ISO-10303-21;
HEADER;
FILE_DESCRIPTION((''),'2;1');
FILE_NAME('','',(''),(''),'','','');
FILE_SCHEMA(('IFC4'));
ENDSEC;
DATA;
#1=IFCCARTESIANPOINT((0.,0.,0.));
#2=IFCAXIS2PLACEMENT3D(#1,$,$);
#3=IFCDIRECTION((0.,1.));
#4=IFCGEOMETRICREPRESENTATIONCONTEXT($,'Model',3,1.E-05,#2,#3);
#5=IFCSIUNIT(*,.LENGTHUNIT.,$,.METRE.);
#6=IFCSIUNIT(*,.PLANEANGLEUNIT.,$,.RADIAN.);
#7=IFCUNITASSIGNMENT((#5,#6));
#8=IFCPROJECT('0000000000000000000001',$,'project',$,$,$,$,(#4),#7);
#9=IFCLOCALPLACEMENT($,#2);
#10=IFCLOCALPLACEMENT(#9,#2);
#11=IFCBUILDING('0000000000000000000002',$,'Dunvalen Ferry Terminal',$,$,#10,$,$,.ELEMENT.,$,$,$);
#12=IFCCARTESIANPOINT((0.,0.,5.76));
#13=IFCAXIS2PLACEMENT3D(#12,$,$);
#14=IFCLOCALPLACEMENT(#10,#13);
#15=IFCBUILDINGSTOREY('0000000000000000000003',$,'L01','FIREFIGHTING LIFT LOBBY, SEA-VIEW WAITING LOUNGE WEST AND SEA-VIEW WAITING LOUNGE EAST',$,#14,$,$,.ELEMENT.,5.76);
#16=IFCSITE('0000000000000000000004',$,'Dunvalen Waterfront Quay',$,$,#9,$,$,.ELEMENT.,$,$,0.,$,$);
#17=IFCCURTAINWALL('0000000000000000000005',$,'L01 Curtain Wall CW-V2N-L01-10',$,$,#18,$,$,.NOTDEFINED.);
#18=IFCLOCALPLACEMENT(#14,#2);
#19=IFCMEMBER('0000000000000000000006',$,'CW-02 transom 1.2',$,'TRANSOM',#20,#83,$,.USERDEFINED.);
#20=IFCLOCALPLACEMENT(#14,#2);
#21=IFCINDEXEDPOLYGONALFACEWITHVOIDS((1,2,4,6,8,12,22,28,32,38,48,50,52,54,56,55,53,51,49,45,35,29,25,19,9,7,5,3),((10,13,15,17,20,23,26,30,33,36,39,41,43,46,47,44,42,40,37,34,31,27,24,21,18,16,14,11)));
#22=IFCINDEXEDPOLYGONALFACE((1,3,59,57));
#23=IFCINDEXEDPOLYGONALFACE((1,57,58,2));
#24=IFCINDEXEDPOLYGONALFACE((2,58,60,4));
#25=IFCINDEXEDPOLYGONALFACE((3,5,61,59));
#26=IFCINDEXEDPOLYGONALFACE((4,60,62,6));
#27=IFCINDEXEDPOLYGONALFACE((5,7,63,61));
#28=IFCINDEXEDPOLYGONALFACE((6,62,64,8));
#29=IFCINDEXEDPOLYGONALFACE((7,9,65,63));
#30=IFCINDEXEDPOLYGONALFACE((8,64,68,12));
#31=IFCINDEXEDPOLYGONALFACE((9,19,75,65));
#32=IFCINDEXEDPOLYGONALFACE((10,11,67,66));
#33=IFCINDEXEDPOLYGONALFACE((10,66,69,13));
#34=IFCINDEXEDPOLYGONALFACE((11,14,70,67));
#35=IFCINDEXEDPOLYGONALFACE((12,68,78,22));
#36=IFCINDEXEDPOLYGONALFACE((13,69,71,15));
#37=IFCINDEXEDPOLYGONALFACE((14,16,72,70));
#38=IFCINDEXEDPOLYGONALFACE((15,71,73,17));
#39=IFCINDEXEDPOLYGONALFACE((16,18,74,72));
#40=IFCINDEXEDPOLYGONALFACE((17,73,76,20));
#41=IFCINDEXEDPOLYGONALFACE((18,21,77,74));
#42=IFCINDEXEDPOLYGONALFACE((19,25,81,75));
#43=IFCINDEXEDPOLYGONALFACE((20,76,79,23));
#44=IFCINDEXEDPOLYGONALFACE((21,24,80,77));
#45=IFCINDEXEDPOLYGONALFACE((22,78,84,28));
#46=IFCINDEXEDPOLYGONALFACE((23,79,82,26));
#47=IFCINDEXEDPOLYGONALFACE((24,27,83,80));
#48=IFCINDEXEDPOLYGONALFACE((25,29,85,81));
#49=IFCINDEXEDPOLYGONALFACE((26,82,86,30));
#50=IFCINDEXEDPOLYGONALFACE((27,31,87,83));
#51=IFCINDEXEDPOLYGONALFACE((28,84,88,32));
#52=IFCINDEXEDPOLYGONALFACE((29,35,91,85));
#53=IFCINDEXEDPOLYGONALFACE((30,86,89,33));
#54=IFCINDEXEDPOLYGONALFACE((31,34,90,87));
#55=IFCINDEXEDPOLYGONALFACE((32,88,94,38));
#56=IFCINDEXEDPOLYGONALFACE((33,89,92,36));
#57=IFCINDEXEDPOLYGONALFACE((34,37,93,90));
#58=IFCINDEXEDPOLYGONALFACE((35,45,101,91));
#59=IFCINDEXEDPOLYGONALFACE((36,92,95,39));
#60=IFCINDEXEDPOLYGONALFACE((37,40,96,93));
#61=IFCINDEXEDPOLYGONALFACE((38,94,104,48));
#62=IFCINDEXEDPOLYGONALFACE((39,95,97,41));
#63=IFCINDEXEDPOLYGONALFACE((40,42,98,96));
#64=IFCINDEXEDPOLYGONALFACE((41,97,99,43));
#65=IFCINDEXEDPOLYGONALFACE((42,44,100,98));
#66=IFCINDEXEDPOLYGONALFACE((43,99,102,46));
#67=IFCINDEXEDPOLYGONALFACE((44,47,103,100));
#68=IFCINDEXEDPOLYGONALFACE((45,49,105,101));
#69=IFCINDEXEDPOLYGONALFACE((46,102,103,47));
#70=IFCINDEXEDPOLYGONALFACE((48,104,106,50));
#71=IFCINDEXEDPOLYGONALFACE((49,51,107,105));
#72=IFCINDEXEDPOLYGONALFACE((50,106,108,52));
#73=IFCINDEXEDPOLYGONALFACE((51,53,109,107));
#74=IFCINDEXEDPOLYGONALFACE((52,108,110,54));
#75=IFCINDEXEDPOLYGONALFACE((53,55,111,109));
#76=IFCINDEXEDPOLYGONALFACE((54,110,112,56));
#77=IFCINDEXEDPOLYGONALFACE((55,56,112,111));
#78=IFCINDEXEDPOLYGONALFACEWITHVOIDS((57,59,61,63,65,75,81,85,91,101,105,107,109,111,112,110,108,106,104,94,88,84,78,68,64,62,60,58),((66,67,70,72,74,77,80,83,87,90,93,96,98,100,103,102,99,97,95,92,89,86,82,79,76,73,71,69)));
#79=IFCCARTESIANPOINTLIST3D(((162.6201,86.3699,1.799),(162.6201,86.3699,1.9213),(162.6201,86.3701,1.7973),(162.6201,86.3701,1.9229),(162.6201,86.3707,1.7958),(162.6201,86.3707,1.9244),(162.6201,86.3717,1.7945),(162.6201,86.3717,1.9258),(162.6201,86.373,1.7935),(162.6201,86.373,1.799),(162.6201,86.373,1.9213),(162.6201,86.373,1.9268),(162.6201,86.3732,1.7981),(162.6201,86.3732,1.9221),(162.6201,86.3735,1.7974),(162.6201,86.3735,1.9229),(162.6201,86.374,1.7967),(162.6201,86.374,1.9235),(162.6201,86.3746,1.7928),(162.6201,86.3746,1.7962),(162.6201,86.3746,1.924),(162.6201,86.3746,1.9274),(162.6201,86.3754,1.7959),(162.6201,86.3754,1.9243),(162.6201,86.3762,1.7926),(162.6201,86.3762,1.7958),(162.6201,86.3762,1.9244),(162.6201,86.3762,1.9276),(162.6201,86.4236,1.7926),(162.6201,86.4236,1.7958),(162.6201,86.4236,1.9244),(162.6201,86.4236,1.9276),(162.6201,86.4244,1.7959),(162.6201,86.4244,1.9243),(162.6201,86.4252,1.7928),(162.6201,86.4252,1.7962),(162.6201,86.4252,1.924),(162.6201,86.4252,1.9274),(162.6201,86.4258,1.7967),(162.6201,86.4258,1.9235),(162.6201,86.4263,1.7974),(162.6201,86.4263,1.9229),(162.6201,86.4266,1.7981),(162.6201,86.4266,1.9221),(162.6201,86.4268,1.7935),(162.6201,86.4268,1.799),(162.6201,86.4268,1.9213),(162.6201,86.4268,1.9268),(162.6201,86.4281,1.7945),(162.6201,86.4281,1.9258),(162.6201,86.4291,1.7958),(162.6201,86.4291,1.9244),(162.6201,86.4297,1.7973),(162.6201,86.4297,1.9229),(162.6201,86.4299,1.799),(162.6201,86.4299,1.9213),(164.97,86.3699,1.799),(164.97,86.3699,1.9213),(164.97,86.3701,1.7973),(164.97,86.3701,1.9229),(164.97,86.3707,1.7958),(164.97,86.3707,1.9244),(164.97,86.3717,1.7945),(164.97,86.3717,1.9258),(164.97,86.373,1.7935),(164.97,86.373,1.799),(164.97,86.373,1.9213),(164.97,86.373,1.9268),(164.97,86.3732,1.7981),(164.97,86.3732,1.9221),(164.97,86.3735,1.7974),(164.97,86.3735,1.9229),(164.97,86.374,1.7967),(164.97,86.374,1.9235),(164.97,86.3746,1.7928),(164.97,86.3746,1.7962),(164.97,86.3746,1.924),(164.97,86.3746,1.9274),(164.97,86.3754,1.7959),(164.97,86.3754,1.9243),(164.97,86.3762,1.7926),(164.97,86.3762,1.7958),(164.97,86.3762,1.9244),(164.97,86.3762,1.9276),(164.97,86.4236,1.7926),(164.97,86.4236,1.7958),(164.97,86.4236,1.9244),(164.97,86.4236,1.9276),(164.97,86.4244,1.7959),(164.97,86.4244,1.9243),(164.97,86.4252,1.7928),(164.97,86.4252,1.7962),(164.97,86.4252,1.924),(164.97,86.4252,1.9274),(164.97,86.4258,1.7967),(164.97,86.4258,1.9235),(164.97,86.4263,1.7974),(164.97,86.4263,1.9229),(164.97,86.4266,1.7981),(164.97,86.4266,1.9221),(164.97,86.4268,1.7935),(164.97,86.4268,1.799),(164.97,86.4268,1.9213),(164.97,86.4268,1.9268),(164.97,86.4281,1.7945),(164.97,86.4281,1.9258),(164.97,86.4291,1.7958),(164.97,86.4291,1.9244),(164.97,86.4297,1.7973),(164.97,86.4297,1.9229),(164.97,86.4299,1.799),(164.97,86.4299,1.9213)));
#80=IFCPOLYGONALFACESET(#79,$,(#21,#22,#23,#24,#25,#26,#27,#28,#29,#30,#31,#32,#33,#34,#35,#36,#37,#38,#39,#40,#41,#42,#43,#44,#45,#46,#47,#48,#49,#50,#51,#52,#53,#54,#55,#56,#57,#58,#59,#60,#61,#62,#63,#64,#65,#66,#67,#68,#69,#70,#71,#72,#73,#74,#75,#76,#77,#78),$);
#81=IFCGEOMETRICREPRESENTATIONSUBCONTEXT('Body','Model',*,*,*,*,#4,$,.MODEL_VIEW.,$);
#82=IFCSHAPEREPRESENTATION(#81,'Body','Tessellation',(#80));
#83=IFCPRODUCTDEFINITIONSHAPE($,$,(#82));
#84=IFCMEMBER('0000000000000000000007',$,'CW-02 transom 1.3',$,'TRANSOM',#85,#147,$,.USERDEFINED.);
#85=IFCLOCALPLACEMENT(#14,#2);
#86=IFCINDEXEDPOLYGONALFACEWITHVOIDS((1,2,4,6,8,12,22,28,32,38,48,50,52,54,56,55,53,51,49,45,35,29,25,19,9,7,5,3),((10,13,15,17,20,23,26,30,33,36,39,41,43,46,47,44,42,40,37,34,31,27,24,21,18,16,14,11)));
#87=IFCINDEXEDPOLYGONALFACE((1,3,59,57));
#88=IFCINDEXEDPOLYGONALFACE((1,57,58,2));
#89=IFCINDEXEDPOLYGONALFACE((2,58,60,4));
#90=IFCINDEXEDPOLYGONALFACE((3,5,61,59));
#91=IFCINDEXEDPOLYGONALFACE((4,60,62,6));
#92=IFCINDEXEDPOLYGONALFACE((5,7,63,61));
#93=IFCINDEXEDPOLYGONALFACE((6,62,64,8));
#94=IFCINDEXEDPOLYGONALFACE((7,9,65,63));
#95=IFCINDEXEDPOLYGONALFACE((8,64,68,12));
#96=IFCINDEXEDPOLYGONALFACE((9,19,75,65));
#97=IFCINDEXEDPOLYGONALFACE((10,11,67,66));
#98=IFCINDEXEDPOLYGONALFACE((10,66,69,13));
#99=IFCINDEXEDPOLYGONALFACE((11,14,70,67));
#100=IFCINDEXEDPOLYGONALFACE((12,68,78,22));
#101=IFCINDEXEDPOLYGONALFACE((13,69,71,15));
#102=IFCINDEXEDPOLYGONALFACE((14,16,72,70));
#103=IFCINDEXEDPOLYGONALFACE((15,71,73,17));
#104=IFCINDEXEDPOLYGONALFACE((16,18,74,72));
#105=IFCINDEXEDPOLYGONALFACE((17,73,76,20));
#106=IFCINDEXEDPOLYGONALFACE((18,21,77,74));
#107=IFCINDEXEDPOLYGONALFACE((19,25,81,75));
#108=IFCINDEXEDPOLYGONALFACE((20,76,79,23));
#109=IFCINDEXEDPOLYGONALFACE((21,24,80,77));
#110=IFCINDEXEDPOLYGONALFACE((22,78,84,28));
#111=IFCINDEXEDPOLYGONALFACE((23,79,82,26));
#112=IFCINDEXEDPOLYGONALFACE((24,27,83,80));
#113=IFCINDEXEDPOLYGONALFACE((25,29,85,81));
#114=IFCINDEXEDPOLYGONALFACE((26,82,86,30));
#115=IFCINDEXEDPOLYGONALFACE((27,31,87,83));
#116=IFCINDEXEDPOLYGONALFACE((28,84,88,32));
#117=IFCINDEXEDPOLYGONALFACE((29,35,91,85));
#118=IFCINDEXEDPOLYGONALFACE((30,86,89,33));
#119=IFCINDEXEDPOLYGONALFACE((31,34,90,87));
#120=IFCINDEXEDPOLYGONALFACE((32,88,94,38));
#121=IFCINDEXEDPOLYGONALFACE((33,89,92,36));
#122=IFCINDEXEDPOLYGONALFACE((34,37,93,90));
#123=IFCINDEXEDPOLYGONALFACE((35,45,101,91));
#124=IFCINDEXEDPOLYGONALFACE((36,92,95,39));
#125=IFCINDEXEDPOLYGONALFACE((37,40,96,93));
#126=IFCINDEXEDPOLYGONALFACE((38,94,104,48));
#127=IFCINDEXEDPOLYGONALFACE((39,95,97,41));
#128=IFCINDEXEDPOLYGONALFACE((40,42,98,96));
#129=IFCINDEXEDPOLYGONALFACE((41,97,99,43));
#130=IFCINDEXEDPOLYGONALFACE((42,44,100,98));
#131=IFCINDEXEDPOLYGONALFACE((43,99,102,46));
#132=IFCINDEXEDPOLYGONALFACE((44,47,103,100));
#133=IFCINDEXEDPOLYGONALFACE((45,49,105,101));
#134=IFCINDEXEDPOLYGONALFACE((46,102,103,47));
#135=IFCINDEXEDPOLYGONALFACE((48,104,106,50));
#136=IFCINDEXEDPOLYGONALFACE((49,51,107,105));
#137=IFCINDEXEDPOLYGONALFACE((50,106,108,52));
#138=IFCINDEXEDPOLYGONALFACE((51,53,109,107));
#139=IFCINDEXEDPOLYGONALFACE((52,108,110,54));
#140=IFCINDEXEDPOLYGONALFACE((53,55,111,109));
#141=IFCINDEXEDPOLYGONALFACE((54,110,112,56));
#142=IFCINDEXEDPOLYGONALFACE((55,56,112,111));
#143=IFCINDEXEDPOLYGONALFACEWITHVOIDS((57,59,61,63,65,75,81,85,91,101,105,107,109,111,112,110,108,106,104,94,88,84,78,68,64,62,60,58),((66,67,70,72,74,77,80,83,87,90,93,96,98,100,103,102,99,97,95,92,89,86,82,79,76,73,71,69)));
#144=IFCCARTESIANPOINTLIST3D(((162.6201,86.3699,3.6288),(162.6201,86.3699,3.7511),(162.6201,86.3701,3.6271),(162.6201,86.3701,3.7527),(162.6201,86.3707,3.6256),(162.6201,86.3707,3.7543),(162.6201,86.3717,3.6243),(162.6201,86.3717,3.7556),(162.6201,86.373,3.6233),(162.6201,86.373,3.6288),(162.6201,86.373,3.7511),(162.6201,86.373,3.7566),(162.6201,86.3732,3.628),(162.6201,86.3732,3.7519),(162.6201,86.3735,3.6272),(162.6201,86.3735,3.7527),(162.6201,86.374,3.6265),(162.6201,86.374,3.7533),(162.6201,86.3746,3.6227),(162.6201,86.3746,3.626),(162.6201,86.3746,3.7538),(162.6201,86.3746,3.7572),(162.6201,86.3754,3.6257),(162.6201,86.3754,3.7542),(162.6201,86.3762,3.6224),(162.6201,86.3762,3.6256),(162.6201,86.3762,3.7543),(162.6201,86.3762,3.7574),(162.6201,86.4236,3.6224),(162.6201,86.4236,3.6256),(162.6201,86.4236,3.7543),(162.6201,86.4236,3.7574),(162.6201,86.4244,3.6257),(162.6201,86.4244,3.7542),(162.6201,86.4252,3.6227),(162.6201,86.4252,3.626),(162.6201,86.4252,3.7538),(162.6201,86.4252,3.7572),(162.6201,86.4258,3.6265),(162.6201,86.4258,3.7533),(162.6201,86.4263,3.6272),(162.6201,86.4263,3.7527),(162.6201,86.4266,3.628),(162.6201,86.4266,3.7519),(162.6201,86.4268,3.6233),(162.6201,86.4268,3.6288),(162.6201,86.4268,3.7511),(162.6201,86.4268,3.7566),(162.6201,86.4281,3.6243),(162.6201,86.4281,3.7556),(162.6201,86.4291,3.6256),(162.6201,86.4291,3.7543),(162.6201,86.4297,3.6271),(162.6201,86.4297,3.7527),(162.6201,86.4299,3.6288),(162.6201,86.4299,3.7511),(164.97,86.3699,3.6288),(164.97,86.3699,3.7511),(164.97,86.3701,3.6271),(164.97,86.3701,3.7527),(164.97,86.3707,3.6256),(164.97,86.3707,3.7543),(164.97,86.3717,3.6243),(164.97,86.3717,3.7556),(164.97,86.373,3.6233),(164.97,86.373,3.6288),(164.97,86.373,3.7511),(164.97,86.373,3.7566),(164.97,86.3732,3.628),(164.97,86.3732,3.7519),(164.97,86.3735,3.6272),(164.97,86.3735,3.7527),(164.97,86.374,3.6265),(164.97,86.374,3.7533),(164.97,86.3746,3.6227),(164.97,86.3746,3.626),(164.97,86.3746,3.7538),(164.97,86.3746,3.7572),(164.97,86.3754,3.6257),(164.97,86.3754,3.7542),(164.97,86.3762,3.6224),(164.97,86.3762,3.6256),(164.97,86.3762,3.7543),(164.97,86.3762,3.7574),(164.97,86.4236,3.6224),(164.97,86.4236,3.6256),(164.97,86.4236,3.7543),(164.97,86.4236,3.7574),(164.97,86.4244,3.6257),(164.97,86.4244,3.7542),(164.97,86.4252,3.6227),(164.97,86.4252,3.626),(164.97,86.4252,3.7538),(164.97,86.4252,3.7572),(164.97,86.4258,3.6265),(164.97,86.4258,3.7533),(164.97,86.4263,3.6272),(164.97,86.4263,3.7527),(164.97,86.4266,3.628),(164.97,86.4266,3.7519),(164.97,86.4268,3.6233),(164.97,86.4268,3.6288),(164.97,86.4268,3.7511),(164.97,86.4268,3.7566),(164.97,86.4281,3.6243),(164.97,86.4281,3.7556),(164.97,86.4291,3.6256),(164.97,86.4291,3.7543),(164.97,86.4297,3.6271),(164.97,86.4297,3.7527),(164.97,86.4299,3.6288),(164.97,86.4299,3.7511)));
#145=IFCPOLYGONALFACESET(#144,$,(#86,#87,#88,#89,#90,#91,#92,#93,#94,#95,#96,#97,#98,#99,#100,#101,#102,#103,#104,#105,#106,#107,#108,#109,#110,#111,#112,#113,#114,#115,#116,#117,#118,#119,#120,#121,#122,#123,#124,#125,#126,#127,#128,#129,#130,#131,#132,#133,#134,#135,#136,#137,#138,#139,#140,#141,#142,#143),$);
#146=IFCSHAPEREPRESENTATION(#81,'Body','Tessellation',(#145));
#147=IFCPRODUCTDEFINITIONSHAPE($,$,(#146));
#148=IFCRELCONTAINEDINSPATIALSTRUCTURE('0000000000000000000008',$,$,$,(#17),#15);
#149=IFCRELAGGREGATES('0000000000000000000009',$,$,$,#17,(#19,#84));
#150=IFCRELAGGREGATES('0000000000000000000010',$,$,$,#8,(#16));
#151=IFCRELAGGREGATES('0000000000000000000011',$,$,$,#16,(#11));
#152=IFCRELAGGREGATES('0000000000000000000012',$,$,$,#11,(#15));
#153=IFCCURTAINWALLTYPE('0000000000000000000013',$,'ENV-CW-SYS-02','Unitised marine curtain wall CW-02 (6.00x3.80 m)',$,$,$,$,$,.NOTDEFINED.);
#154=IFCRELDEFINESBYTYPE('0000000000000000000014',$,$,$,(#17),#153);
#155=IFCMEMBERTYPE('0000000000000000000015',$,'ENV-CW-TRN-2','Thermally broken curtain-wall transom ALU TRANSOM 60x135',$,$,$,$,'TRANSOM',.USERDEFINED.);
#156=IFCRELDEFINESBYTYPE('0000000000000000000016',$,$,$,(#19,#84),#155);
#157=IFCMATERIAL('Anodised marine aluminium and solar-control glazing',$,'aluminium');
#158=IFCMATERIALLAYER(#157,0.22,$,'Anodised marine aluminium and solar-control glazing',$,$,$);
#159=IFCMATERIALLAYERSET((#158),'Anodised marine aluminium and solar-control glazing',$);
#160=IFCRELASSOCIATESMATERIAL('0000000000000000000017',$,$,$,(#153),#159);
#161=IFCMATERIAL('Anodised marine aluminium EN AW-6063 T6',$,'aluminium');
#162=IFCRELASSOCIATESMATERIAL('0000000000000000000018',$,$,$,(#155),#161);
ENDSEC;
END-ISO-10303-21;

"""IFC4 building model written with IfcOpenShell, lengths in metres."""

from ifc_helpers import new_model, si_unit, direction, frame, origin, origin_2d, place, context, subcontext, project, spatial, hollow_rectangle, extrude, material, layer, layer_set, material_profile, profile_set, type_object, element, aggregate, save


model = new_model("IFC4")

# Units and contexts
model_context = context("Model", 3, precision=1e-05, world=origin(), true_north=direction((0.0, 1.0)))
body_context = subcontext(model_context, "Body", "Model", "MODEL_VIEW")
ifc_project = project(units=[si_unit("LENGTHUNIT", "METRE"), si_unit("PLANEANGLEUNIT", "RADIAN")], contexts=[model_context])

# Site, building, storey
site_placement = place(None, origin())
site = spatial("IfcSite", under=ifc_project, at=site_placement, Name="Dunvalen Waterfront Quay", CompositionType="ELEMENT", RefElevation=0.0)
building_placement = place(site_placement, origin())
building = spatial("IfcBuilding", under=site, at=building_placement, Name="Dunvalen Ferry Terminal", CompositionType="ELEMENT")
storey_placement = place(building_placement, frame((0.0, 0.0, 5.76)))
storey = spatial("IfcBuildingStorey", under=building, at=storey_placement, Name="L01", Description="FIREFIGHTING LIFT LOBBY, SEA-VIEW WAITING LOUNGE WEST AND SEA-VIEW WAITING LOUNGE EAST", CompositionType="ELEMENT", Elevation=5.76)

# Shared definitions
ifc_material_1 = material(Name="Anodised marine aluminium and solar-control glazing", Category="aluminium")
ifc_layer_1 = layer(ifc_material_1, 0.22, Name="Anodised marine aluminium and solar-control glazing")
ifc_layer_set_1 = layer_set([ifc_layer_1], Name="Anodised marine aluminium and solar-control glazing")
curtain_wall_type_1 = type_object("IfcCurtainWallType", Name="ENV-CW-SYS-02", Description="Unitised marine curtain wall CW-02 (6.00x3.80 m)", PredefinedType="NOTDEFINED", material=ifc_layer_set_1)
ifc_material_2 = material(Name="Anodised marine aluminium EN AW-6063 T6", Category="aluminium")

# Curtain wall
curtain_wall_1_placement = place(storey_placement, origin())
curtain_wall_1 = element("IfcCurtainWall", 1, at=curtain_wall_1_placement, inside=storey, type_object=curtain_wall_type_1, Name="L01 Curtain Wall CW-V2N-L01-10", PredefinedType="NOTDEFINED")

# Members
ifc_material_profile_1 = material_profile(ifc_material_2, hollow_rectangle(XDim=0.0601, YDim=0.135, WallThickness=0.0032, InnerFilletRadius=0.0032, OuterFilletRadius=0.0063, at=origin_2d()), Name="Anodised marine aluminium EN AW-6063 T6")
ifc_profile_set_1 = profile_set([ifc_material_profile_1], Name="Anodised marine aluminium EN AW-6063 T6")
member_type_1 = type_object("IfcMemberType", Name="ENV-CW-TRN-2", Description="Thermally broken curtain-wall transom ALU TRANSOM 60x135", ElementType="TRANSOM", PredefinedType="USERDEFINED", material=ifc_profile_set_1)
member_1_placement = place(storey_placement, frame((162.6201, 86.3999, 1.8601), z_axis=(1.0, 0.0, 0.0), x_axis=(0.0, 1.0, 0.0)))
member_1 = element("IfcMember", 2, at=member_1_placement, type_object=member_type_1, Name="CW-02 transom 1.2", ObjectType="TRANSOM", PredefinedType="USERDEFINED", context=body_context, shape_type="SweptSolid", body=[
    extrude(hollow_rectangle(XDim=0.0601, YDim=0.135, WallThickness=0.0032, InnerFilletRadius=0.0032, OuterFilletRadius=0.0063, at=origin_2d()), origin(), (0.0, 0.0, 1.0), 2.3499),
])
member_2_placement = place(storey_placement, frame((162.6201, 86.3999, 3.6899), z_axis=(1.0, 0.0, 0.0), x_axis=(0.0, 1.0, 0.0)))
member_2 = element("IfcMember", 3, at=member_2_placement, type_object=member_type_1, Name="CW-02 transom 1.3", ObjectType="TRANSOM", PredefinedType="USERDEFINED", context=body_context, shape_type="SweptSolid", body=[
    extrude(hollow_rectangle(XDim=0.0601, YDim=0.135, WallThickness=0.0032, InnerFilletRadius=0.0032, OuterFilletRadius=0.0063, at=origin_2d()), origin(), (0.0, 0.0, 1.0), 2.3499),
])

aggregate(curtain_wall_1, [member_1, member_2])

save(model, "model.ifc")
